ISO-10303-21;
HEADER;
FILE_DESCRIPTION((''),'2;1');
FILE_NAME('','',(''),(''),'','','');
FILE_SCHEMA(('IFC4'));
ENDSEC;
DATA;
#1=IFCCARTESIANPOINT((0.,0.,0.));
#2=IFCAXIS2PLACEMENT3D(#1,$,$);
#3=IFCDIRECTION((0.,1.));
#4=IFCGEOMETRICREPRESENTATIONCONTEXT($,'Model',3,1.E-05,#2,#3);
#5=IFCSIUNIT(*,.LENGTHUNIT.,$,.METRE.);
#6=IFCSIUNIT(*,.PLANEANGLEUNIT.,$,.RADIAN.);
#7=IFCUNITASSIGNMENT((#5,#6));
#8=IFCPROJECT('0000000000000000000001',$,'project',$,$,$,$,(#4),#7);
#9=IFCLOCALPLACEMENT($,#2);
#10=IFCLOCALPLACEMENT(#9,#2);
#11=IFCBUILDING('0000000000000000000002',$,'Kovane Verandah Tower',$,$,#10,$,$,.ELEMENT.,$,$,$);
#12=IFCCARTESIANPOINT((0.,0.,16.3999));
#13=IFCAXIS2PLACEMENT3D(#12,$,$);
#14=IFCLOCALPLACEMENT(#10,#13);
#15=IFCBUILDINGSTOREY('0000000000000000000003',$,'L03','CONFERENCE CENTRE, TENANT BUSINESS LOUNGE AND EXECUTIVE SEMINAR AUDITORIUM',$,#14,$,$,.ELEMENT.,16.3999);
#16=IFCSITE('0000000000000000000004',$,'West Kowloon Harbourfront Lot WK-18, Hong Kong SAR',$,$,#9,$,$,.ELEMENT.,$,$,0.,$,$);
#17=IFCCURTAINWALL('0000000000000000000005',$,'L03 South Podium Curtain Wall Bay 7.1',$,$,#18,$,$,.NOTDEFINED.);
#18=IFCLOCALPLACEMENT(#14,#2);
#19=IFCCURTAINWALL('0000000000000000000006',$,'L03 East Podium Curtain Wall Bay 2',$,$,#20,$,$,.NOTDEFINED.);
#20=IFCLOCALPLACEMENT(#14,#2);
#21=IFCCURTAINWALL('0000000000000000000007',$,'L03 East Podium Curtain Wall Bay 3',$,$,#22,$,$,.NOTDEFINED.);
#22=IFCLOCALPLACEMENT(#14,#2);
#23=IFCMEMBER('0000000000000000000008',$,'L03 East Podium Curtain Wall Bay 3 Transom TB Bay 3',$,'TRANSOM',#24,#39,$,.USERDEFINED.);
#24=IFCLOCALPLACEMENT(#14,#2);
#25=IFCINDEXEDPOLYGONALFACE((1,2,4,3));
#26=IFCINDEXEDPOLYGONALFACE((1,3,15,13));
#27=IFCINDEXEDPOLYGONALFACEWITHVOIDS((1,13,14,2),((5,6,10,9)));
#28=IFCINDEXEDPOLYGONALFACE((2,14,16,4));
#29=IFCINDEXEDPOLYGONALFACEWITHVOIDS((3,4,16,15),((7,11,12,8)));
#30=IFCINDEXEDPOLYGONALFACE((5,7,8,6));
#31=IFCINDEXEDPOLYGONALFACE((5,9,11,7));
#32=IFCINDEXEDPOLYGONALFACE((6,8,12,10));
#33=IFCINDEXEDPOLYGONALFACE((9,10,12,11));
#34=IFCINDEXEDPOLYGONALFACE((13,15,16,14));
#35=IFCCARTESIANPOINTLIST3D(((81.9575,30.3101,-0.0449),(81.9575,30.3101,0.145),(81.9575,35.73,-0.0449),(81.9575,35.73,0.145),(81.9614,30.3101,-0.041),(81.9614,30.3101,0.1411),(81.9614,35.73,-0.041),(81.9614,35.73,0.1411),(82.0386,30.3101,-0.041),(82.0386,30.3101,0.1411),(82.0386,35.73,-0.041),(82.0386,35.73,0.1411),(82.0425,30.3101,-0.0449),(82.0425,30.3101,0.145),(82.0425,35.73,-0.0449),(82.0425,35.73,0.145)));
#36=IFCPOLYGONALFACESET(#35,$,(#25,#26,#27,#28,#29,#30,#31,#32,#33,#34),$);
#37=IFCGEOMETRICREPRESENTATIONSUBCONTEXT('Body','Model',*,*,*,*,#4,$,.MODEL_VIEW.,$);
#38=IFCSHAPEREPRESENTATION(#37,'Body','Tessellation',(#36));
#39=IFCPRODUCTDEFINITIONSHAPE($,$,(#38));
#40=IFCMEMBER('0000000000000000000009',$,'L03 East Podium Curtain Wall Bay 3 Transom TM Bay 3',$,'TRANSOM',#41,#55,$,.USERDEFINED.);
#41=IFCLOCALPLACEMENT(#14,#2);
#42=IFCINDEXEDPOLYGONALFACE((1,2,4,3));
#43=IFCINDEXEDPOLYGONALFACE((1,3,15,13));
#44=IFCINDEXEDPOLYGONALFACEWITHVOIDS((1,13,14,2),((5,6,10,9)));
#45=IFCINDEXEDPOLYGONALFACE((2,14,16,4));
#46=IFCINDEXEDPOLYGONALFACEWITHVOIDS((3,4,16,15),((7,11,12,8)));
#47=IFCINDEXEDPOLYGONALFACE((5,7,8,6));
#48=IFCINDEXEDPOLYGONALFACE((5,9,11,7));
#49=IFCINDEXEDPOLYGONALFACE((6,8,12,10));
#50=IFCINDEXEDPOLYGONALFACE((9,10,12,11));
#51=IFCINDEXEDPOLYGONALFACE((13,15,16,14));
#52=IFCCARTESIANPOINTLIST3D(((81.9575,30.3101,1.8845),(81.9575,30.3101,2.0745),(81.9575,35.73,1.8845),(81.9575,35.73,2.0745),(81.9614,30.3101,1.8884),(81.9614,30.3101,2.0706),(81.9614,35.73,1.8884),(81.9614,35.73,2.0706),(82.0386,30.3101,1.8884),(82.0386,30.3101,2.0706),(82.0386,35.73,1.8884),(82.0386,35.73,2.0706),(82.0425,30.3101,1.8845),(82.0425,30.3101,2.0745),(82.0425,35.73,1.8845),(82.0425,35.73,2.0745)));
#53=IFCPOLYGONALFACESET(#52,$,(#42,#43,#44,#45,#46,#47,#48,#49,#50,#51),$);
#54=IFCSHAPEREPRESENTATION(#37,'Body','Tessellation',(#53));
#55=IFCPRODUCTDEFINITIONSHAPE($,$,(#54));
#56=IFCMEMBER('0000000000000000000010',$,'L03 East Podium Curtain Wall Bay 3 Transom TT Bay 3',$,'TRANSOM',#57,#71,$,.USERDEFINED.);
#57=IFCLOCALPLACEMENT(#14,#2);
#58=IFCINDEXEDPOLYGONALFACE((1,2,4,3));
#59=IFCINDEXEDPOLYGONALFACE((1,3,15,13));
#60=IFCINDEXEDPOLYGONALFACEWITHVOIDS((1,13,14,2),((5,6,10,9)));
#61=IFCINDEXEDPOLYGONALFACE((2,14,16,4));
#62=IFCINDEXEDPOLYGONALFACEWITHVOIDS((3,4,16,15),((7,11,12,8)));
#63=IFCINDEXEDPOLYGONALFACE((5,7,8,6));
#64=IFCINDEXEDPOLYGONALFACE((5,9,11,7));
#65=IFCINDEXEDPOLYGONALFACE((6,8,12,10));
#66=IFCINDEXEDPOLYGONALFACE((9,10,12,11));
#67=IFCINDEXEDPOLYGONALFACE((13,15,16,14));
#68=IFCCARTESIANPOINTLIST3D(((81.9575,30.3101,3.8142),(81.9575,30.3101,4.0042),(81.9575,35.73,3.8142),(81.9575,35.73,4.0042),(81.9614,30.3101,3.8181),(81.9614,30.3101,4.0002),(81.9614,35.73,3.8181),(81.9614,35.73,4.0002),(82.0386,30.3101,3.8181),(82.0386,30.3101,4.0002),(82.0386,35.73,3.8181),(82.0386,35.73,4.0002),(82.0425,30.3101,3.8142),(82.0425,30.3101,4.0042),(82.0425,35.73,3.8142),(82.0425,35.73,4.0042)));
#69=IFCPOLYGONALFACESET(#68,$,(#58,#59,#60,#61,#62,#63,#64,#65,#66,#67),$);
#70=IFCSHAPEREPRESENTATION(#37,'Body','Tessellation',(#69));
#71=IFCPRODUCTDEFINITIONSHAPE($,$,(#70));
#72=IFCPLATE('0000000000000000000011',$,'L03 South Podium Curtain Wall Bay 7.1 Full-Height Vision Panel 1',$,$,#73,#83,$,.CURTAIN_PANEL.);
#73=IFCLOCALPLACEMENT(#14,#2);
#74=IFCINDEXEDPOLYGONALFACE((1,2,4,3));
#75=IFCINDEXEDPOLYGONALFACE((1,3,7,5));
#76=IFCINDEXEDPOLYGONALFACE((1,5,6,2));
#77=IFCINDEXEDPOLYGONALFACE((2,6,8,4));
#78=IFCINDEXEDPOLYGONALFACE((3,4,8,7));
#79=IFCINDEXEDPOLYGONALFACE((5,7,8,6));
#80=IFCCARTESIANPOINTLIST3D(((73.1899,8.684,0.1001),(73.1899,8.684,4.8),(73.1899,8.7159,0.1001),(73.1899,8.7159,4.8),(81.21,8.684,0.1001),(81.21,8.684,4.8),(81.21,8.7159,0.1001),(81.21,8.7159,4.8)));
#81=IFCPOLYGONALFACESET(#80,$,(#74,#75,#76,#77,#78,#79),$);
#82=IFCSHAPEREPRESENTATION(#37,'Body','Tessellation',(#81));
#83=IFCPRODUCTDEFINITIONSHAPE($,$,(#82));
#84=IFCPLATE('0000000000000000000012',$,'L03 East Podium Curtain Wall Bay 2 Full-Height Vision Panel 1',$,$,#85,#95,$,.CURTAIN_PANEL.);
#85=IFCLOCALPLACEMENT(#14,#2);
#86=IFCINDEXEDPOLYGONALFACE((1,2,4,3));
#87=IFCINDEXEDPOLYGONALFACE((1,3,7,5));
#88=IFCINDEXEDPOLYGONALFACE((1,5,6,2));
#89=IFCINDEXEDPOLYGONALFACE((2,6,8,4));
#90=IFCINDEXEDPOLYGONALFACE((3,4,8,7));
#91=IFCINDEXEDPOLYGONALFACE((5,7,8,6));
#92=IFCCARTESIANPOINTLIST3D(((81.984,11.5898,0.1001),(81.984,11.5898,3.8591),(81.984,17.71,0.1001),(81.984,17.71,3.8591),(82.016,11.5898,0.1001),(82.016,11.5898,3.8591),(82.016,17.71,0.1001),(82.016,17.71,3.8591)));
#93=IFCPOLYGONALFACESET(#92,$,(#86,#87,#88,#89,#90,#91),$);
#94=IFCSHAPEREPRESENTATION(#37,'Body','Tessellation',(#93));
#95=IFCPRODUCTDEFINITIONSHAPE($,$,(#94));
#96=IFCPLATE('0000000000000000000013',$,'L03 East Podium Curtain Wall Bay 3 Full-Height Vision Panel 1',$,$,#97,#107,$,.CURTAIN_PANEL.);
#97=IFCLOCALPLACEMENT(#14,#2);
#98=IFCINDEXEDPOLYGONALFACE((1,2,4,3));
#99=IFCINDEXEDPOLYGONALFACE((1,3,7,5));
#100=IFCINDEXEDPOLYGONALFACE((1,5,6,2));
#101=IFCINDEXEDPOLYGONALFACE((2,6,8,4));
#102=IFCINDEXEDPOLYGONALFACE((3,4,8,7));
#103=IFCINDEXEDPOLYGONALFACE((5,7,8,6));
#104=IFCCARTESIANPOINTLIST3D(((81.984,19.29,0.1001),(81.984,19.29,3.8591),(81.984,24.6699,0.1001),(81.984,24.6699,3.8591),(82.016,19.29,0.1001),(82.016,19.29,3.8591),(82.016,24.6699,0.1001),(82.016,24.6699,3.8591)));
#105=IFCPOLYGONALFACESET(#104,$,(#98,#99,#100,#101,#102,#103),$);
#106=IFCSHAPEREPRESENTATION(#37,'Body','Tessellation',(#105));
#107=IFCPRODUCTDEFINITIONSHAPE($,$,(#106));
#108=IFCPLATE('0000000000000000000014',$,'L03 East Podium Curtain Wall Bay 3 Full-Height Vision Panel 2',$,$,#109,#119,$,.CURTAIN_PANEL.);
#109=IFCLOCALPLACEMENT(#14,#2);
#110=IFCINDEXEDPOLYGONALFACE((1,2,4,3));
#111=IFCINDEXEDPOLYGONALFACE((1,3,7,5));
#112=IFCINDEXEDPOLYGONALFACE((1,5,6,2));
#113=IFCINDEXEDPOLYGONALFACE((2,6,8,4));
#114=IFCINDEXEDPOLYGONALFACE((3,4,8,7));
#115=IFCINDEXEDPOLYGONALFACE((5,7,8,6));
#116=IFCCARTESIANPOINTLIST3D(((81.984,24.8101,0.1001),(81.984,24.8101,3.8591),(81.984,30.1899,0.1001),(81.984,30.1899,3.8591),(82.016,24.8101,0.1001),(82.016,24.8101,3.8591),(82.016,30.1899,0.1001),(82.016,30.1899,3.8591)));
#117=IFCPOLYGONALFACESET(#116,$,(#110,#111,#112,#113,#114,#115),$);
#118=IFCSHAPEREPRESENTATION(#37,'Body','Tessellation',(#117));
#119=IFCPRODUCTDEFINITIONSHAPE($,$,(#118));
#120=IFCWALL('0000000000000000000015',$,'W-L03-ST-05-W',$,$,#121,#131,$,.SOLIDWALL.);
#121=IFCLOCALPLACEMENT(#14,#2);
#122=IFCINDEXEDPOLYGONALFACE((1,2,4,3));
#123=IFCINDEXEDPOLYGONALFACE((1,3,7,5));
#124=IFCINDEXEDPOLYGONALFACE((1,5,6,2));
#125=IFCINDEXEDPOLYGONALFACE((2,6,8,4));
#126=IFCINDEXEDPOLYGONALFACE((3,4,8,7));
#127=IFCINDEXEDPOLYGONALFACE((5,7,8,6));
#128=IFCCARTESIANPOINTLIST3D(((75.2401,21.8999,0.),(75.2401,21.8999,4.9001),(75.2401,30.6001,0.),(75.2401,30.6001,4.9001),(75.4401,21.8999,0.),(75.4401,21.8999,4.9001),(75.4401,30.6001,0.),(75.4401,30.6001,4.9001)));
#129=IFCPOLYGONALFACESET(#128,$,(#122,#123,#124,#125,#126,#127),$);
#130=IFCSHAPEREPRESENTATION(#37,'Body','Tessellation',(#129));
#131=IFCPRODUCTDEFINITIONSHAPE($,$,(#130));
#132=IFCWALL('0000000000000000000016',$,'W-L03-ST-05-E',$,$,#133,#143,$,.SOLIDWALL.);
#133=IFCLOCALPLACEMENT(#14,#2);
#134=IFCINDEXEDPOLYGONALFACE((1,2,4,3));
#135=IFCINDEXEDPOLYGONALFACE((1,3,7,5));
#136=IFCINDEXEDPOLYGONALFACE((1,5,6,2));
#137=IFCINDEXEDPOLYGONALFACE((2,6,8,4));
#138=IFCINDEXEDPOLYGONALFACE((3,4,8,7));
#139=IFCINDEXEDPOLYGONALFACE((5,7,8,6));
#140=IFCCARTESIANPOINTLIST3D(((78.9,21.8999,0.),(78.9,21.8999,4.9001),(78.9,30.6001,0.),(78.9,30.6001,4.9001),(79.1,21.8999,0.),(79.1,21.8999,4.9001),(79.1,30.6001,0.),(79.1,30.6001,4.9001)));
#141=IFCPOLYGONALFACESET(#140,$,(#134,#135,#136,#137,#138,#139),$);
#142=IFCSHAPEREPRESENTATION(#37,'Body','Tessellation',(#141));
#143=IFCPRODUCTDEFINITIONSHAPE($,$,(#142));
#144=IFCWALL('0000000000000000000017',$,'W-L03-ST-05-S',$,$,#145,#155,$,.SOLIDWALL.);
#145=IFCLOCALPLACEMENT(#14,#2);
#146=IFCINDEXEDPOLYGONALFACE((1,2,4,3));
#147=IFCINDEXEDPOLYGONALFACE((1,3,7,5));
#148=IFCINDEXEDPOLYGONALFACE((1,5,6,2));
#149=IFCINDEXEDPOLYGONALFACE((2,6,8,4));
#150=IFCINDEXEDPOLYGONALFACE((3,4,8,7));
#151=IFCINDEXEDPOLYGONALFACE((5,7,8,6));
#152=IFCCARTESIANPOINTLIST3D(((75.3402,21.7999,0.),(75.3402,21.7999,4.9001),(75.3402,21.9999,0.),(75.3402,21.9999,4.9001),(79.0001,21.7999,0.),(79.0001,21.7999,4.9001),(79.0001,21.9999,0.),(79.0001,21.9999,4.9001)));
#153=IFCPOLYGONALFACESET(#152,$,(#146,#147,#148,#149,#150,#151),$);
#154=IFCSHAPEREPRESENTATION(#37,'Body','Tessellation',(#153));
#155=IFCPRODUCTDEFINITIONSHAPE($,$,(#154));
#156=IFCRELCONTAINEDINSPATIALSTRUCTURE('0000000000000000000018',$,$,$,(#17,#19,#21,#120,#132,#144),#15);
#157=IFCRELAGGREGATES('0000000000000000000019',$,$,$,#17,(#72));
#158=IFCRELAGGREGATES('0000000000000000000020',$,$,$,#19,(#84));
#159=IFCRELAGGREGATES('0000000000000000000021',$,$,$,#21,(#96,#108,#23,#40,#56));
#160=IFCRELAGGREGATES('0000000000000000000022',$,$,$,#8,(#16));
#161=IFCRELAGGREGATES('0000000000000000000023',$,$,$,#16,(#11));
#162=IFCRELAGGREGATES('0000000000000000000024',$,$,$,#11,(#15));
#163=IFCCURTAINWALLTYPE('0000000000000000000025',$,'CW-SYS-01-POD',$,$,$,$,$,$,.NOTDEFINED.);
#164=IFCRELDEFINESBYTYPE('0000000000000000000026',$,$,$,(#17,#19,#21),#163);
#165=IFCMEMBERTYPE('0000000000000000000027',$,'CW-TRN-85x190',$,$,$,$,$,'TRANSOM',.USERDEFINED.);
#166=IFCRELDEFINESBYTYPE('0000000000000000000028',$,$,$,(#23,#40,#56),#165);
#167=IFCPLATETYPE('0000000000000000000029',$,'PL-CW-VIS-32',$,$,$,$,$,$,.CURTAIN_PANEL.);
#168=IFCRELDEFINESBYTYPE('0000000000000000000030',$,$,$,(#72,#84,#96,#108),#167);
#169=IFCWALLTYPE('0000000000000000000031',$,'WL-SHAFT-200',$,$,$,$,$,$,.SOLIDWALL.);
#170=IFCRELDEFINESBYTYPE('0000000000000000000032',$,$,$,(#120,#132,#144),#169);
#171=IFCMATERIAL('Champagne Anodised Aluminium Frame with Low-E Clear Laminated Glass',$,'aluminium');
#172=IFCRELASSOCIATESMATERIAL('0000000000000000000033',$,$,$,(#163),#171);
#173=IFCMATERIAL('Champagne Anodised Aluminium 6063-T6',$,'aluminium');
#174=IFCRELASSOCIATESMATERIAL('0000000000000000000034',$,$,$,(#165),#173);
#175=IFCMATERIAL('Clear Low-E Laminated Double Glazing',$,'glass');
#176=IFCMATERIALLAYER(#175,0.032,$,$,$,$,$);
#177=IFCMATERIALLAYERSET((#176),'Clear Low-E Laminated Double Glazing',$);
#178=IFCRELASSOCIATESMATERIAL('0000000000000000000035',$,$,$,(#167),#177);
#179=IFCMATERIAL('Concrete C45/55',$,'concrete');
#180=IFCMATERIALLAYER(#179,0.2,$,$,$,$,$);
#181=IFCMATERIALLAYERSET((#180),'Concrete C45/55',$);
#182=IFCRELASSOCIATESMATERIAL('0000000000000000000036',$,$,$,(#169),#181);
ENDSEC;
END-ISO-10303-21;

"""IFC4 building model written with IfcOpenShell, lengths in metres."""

from ifc_helpers import new_model, si_unit, direction, frame, frame_2d, origin, origin_2d, place, context, subcontext, project, spatial, rectangle, hollow_rectangle, extrude, material, layer, layer_set, material_profile, profile_set, type_object, element, aggregate, save


model = new_model("IFC4")

# Units and contexts
model_context = context("Model", 3, precision=1e-05, world=origin(), true_north=direction((0.0, 1.0)))
body_context = subcontext(model_context, "Body", "Model", "MODEL_VIEW")
ifc_project = project(units=[si_unit("LENGTHUNIT", "METRE"), si_unit("PLANEANGLEUNIT", "RADIAN")], contexts=[model_context])

# Site, building, storey
site_placement = place(None, origin())
site = spatial("IfcSite", under=ifc_project, at=site_placement, Name="West Kowloon Harbourfront Lot WK-18, Hong Kong SAR", CompositionType="ELEMENT", RefElevation=0.0)
building_placement = place(site_placement, origin())
building = spatial("IfcBuilding", under=site, at=building_placement, Name="Kovane Verandah Tower", CompositionType="ELEMENT")
storey_placement = place(building_placement, frame((0.0, 0.0, 16.3999)))
storey = spatial("IfcBuildingStorey", under=building, at=storey_placement, Name="L03", Description="CONFERENCE CENTRE, TENANT BUSINESS LOUNGE AND EXECUTIVE SEMINAR AUDITORIUM", CompositionType="ELEMENT", Elevation=16.3999)

# Curtain wall
ifc_material_1 = material(Name="Champagne Anodised Aluminium Frame with Low-E Clear Laminated Glass", Category="aluminium")
curtain_wall_type = type_object("IfcCurtainWallType", Name="CW-SYS-01-POD", PredefinedType="NOTDEFINED", material=ifc_material_1)
curtain_wall_1_placement = place(storey_placement, origin())
curtain_wall_1 = element("IfcCurtainWall", 1, at=curtain_wall_1_placement, inside=storey, type_object=curtain_wall_type, Name="L03 South Podium Curtain Wall Bay 7.1", PredefinedType="NOTDEFINED")
ifc_material_2 = material(Name="Champagne Anodised Aluminium 6063-T6", Category="aluminium")

# Curtain walls
curtain_wall_2_placement = place(storey_placement, origin())
curtain_wall_2 = element("IfcCurtainWall", 2, at=curtain_wall_2_placement, inside=storey, type_object=curtain_wall_type, Name="L03 East Podium Curtain Wall Bay 2", PredefinedType="NOTDEFINED")
curtain_wall_3_placement = place(storey_placement, origin())
curtain_wall_3 = element("IfcCurtainWall", 3, at=curtain_wall_3_placement, inside=storey, type_object=curtain_wall_type, Name="L03 East Podium Curtain Wall Bay 3", PredefinedType="NOTDEFINED")

# Members
ifc_material_profile_1 = material_profile(ifc_material_2, hollow_rectangle(XDim=0.085, YDim=0.1899, WallThickness=0.0039, at=origin_2d()), Name="AL85x190x4")
ifc_profile_set_1 = profile_set([ifc_material_profile_1], Name="Champagne Anodised Aluminium 6063-T6")
member_type_1 = type_object("IfcMemberType", Name="CW-TRN-85x190", ElementType="TRANSOM", PredefinedType="USERDEFINED", material=ifc_profile_set_1)
member_1_placement = place(storey_placement, frame((82.0, 30.3101, 0.05), z_axis=(0.0, 1.0, 0.0), x_axis=(-1.0, 0.0, 0.0)))
member_1 = element("IfcMember", 4, at=member_1_placement, type_object=member_type_1, Name="L03 East Podium Curtain Wall Bay 3 Transom TB Bay 3", ObjectType="TRANSOM", PredefinedType="USERDEFINED", context=body_context, shape_type="SweptSolid", body=[
    extrude(hollow_rectangle(XDim=0.085, YDim=0.1899, WallThickness=0.0039, at=origin_2d()), origin(), (0.0, 0.0, 1.0), 5.4199),
])
member_2_placement = place(storey_placement, frame((82.0, 30.3101, 1.9795), z_axis=(0.0, 1.0, 0.0), x_axis=(-1.0, 0.0, 0.0)))
member_2 = element("IfcMember", 5, at=member_2_placement, type_object=member_type_1, Name="L03 East Podium Curtain Wall Bay 3 Transom TM Bay 3", ObjectType="TRANSOM", PredefinedType="USERDEFINED", context=body_context, shape_type="SweptSolid", body=[
    extrude(hollow_rectangle(XDim=0.085, YDim=0.1899, WallThickness=0.0039, at=origin_2d()), origin(), (0.0, 0.0, 1.0), 5.4199),
])
member_3_placement = place(storey_placement, frame((82.0, 30.3101, 3.9092), z_axis=(0.0, 1.0, 0.0), x_axis=(-1.0, 0.0, 0.0)))
member_3 = element("IfcMember", 6, at=member_3_placement, type_object=member_type_1, Name="L03 East Podium Curtain Wall Bay 3 Transom TT Bay 3", ObjectType="TRANSOM", PredefinedType="USERDEFINED", context=body_context, shape_type="SweptSolid", body=[
    extrude(hollow_rectangle(XDim=0.085, YDim=0.1899, WallThickness=0.0039, at=origin_2d()), origin(), (0.0, 0.0, 1.0), 5.4199),
])

# Plates
ifc_material_3 = material(Name="Clear Low-E Laminated Double Glazing", Category="glass")
ifc_layer_1 = layer(ifc_material_3, 0.032)
ifc_layer_set_1 = layer_set([ifc_layer_1], Name="Clear Low-E Laminated Double Glazing")
plate_type = type_object("IfcPlateType", Name="PL-CW-VIS-32", PredefinedType="CURTAIN_PANEL", material=ifc_layer_set_1)
plate_1_placement = place(storey_placement, frame((77.2, 8.7, 0.1001), z_axis=(0.0, 0.0, 1.0), x_axis=(1.0, 0.0, 0.0)))
plate_1 = element("IfcPlate", 7, at=plate_1_placement, type_object=plate_type, Name="L03 South Podium Curtain Wall Bay 7.1 Full-Height Vision Panel 1", PredefinedType="CURTAIN_PANEL", context=body_context, shape_type="SweptSolid", body=[
    extrude(rectangle(XDim=8.02, YDim=0.032, at=origin_2d()), origin(), (0.0, 0.0, 1.0), 4.7),
])
aggregate(curtain_wall_1, [plate_1])
plate_2_placement = place(storey_placement, frame((82.0, 14.6499, 0.1001), z_axis=(0.0, 0.0, 1.0), x_axis=(0.0, 1.0, 0.0)))
plate_2 = element("IfcPlate", 8, at=plate_2_placement, type_object=plate_type, Name="L03 East Podium Curtain Wall Bay 2 Full-Height Vision Panel 1", PredefinedType="CURTAIN_PANEL", context=body_context, shape_type="SweptSolid", body=[
    extrude(rectangle(XDim=6.1201, YDim=0.032, at=origin_2d()), origin(), (0.0, 0.0, 1.0), 3.759),
])
aggregate(curtain_wall_2, [plate_2])
plate_3_placement = place(storey_placement, frame((82.0, 21.98, 0.1001), z_axis=(0.0, 0.0, 1.0), x_axis=(0.0, 1.0, 0.0)))
plate_3 = element("IfcPlate", 9, at=plate_3_placement, type_object=plate_type, Name="L03 East Podium Curtain Wall Bay 3 Full-Height Vision Panel 1", PredefinedType="CURTAIN_PANEL", context=body_context, shape_type="SweptSolid", body=[
    extrude(rectangle(XDim=5.3799, YDim=0.032, at=origin_2d()), origin(), (0.0, 0.0, 1.0), 3.759),
])
plate_4_placement = place(storey_placement, frame((82.0, 27.5, 0.1001), z_axis=(0.0, 0.0, 1.0), x_axis=(0.0, 1.0, 0.0)))
plate_4 = element("IfcPlate", 10, at=plate_4_placement, type_object=plate_type, Name="L03 East Podium Curtain Wall Bay 3 Full-Height Vision Panel 2", PredefinedType="CURTAIN_PANEL", context=body_context, shape_type="SweptSolid", body=[
    extrude(rectangle(XDim=5.3799, YDim=0.032, at=origin_2d()), origin(), (0.0, 0.0, 1.0), 3.759),
])
aggregate(curtain_wall_3, [plate_3, plate_4, member_1, member_2, member_3])

# Walls
ifc_material_4 = material(Name="Concrete C45/55", Category="concrete")
ifc_layer_2 = layer(ifc_material_4, 0.2)
ifc_layer_set_2 = layer_set([ifc_layer_2], Name="Concrete C45/55")
wall_type = type_object("IfcWallType", Name="WL-SHAFT-200", PredefinedType="SOLIDWALL", material=ifc_layer_set_2)
for number, where, z_axis, x_axis, name in (
    (11, (75.3401, 21.8999, 0.0), (0.0, 0.0, 1.0), (0.0, 1.0, 0.0), "W-L03-ST-05-W"),
    (12, (79.0, 21.8999, 0.0), (0.0, 0.0, 1.0), (0.0, 1.0, 0.0), "W-L03-ST-05-E"),
):
    element("IfcWall", number, at=place(storey_placement, frame(where, z_axis=z_axis, x_axis=x_axis)), inside=storey, type_object=wall_type, Name=name, PredefinedType="SOLIDWALL", context=body_context, shape_type="SweptSolid", body=[
        extrude(rectangle(XDim=8.7002, YDim=0.2, at=frame_2d((4.3501, 0.0))), origin(), (0.0, 0.0, 1.0), 4.9001),
    ])
wall_placement = place(storey_placement, frame((75.3401, 21.8999, 0.0), z_axis=(0.0, 0.0, 1.0), x_axis=(1.0, 0.0, 0.0)))
element("IfcWall", 13, at=wall_placement, inside=storey, type_object=wall_type, Name="W-L03-ST-05-S", PredefinedType="SOLIDWALL", context=body_context, shape_type="SweptSolid", body=[
    extrude(rectangle(XDim=3.6599, YDim=0.2, at=frame_2d((1.8301, 0.0))), origin(), (0.0, 0.0, 1.0), 4.9001),
])

save(model, "model.ifc")
